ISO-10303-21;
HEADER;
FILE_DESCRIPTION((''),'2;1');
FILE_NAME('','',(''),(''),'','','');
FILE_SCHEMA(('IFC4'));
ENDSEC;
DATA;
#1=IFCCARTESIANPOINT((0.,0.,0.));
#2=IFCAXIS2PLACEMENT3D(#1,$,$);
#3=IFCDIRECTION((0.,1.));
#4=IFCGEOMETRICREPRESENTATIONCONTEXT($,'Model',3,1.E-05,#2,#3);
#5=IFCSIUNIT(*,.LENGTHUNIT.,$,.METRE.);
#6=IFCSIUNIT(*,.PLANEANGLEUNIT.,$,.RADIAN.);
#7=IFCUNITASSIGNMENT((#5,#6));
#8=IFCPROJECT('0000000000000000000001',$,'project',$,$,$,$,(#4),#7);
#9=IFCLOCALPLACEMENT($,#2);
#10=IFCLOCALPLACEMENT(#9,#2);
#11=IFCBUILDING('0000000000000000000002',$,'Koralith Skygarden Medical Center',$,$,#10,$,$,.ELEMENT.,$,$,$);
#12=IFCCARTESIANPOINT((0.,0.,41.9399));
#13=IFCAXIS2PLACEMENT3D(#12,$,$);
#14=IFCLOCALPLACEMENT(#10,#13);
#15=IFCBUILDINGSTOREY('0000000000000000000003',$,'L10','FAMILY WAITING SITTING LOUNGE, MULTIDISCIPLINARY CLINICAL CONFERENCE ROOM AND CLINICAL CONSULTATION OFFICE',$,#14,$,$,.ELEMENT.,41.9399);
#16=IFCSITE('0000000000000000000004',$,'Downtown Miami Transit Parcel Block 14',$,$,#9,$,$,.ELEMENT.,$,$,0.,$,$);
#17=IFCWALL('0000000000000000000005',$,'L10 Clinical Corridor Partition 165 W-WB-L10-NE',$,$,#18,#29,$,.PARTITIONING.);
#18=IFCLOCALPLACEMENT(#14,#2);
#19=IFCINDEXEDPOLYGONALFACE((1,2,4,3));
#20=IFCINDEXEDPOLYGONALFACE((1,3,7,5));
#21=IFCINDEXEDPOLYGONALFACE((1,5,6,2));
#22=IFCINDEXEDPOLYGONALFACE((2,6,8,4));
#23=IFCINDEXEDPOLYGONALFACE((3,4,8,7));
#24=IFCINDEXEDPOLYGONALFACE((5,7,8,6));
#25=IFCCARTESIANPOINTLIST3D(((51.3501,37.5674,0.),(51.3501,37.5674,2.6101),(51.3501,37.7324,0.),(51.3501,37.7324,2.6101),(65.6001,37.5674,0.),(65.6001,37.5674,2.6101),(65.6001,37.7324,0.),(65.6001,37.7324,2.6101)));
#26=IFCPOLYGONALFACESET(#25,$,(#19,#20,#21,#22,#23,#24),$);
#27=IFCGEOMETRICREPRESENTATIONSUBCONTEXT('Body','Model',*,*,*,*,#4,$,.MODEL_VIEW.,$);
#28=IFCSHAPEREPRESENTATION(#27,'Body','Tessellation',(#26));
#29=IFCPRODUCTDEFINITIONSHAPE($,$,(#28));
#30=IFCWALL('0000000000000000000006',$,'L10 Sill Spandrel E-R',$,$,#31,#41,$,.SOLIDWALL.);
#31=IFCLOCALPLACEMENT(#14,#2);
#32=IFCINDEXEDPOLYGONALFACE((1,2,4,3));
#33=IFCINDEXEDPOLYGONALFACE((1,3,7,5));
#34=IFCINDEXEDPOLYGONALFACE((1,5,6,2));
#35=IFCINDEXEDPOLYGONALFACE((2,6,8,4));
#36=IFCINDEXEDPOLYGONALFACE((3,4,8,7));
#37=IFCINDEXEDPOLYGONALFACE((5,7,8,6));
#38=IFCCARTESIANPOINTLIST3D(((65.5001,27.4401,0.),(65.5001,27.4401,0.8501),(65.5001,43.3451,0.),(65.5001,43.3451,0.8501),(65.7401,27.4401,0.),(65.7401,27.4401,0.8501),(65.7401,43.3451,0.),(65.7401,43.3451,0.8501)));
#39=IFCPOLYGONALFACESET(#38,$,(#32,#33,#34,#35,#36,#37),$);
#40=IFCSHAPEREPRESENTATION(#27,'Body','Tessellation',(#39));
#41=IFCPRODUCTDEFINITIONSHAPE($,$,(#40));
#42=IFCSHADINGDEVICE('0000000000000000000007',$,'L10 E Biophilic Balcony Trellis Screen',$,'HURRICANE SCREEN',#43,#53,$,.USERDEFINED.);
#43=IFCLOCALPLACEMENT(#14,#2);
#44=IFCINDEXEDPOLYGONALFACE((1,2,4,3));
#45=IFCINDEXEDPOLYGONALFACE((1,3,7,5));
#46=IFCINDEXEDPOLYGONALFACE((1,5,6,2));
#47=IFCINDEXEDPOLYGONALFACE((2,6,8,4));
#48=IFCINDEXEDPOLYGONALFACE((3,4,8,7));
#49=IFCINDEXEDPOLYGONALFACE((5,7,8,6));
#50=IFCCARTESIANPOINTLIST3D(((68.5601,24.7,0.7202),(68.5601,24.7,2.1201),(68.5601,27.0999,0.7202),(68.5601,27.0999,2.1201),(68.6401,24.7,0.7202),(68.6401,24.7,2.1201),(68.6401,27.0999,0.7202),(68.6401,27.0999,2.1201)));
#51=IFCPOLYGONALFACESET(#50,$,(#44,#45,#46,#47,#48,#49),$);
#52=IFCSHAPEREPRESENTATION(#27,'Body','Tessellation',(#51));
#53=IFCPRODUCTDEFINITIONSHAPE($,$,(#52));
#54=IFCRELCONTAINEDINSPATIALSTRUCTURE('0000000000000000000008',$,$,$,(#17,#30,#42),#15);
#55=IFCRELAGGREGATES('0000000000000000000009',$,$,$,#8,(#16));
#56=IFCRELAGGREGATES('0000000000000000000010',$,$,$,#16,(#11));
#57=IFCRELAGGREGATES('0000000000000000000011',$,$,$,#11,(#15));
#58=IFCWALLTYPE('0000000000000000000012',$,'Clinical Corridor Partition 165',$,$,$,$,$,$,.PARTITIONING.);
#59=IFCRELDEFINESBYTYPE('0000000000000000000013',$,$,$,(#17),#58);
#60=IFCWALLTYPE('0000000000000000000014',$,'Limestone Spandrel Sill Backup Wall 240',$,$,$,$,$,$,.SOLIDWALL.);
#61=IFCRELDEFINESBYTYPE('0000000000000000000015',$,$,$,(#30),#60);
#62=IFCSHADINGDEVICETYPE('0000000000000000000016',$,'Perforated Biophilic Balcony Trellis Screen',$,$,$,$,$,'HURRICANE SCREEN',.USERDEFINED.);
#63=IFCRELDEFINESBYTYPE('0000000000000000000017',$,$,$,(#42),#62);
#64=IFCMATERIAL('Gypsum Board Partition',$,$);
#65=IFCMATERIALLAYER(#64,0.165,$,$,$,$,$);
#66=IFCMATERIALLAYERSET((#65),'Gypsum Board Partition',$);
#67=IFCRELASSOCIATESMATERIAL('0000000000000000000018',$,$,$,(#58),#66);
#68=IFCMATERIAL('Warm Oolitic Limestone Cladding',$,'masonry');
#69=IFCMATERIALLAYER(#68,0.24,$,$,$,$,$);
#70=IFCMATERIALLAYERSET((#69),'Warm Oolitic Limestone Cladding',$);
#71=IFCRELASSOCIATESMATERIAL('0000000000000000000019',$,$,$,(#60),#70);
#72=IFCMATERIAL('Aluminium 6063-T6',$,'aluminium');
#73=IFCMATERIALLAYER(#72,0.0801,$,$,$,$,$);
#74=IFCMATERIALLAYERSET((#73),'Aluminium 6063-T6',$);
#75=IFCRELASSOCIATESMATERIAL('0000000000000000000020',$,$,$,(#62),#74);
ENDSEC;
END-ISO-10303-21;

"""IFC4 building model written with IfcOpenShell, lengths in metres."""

from ifc_helpers import new_model, si_unit, direction, frame, frame_2d, origin, origin_2d, place, context, subcontext, project, spatial, rectangle, extrude, material, layer, layer_set, type_object, element, save


model = new_model("IFC4")

# Units and contexts
model_context = context("Model", 3, precision=1e-05, world=origin(), true_north=direction((0.0, 1.0)))
body_context = subcontext(model_context, "Body", "Model", "MODEL_VIEW")
ifc_project = project(units=[si_unit("LENGTHUNIT", "METRE"), si_unit("PLANEANGLEUNIT", "RADIAN")], contexts=[model_context])

# Site, building, storey
site_placement = place(None, origin())
site = spatial("IfcSite", under=ifc_project, at=site_placement, Name="Downtown Miami Transit Parcel Block 14", CompositionType="ELEMENT", RefElevation=0.0)
building_placement = place(site_placement, origin())
building = spatial("IfcBuilding", under=site, at=building_placement, Name="Koralith Skygarden Medical Center", CompositionType="ELEMENT")
storey_placement = place(building_placement, frame((0.0, 0.0, 41.9399)))
storey = spatial("IfcBuildingStorey", under=building, at=storey_placement, Name="L10", Description="FAMILY WAITING SITTING LOUNGE, MULTIDISCIPLINARY CLINICAL CONFERENCE ROOM AND CLINICAL CONSULTATION OFFICE", CompositionType="ELEMENT", Elevation=41.9399)

# Shared definitions
ifc_material_1 = material(Name="Aluminium 6063-T6", Category="aluminium")

# Wall
ifc_material_2 = material(Name="Gypsum Board Partition")
ifc_layer_1 = layer(ifc_material_2, 0.165)
ifc_layer_set_1 = layer_set([ifc_layer_1], Name="Gypsum Board Partition")
wall_type_1 = type_object("IfcWallType", Name="Clinical Corridor Partition 165", PredefinedType="PARTITIONING", material=ifc_layer_set_1)
wall_1_placement = place(storey_placement, frame((51.3501, 37.6499, 0.0), z_axis=(0.0, 0.0, 1.0), x_axis=(1.0, 0.0, 0.0)))
element("IfcWall", 1, at=wall_1_placement, inside=storey, type_object=wall_type_1, Name="L10 Clinical Corridor Partition 165 W-WB-L10-NE", PredefinedType="PARTITIONING", context=body_context, shape_type="SweptSolid", body=[
    extrude(rectangle(XDim=14.25, YDim=0.165, at=frame_2d((7.125, 0.0))), origin(), (0.0, 0.0, 1.0), 2.6101),
])

# Wall
ifc_material_3 = material(Name="Warm Oolitic Limestone Cladding", Category="masonry")
ifc_layer_2 = layer(ifc_material_3, 0.24)
ifc_layer_set_2 = layer_set([ifc_layer_2], Name="Warm Oolitic Limestone Cladding")
wall_type_2 = type_object("IfcWallType", Name="Limestone Spandrel Sill Backup Wall 240", PredefinedType="SOLIDWALL", material=ifc_layer_set_2)
wall_2_placement = place(storey_placement, frame((65.6201, 27.4399, 0.0), z_axis=(0.0, 0.0, 1.0), x_axis=(0.0, 1.0, 0.0)))
element("IfcWall", 2, at=wall_2_placement, inside=storey, type_object=wall_type_2, Name="L10 Sill Spandrel E-R", PredefinedType="SOLIDWALL", context=body_context, shape_type="SweptSolid", body=[
    extrude(rectangle(XDim=15.905, YDim=0.24, at=frame_2d((7.9526, 0.0))), origin(), (0.0, 0.0, 1.0), 0.8501),
])

# Shading device
ifc_layer_3 = layer(ifc_material_1, 0.0801)
ifc_layer_set_3 = layer_set([ifc_layer_3], Name="Aluminium 6063-T6")
shading_device_type = type_object("IfcShadingDeviceType", Name="Perforated Biophilic Balcony Trellis Screen", ElementType="HURRICANE SCREEN", PredefinedType="USERDEFINED", material=ifc_layer_set_3)
shading_device_placement = place(storey_placement, frame((68.6001, 25.8999, 0.7202), z_axis=(0.0, 0.0, 1.0), x_axis=(0.0, 1.0, 0.0)))
element("IfcShadingDevice", 3, at=shading_device_placement, inside=storey, type_object=shading_device_type, Name="L10 E Biophilic Balcony Trellis Screen", ObjectType="HURRICANE SCREEN", PredefinedType="USERDEFINED", context=body_context, shape_type="SweptSolid", body=[
    extrude(rectangle(XDim=2.3999, YDim=0.0801, at=origin_2d()), origin(), (0.0, 0.0, 1.0), 1.3999),
])

save(model, "model.ifc")
